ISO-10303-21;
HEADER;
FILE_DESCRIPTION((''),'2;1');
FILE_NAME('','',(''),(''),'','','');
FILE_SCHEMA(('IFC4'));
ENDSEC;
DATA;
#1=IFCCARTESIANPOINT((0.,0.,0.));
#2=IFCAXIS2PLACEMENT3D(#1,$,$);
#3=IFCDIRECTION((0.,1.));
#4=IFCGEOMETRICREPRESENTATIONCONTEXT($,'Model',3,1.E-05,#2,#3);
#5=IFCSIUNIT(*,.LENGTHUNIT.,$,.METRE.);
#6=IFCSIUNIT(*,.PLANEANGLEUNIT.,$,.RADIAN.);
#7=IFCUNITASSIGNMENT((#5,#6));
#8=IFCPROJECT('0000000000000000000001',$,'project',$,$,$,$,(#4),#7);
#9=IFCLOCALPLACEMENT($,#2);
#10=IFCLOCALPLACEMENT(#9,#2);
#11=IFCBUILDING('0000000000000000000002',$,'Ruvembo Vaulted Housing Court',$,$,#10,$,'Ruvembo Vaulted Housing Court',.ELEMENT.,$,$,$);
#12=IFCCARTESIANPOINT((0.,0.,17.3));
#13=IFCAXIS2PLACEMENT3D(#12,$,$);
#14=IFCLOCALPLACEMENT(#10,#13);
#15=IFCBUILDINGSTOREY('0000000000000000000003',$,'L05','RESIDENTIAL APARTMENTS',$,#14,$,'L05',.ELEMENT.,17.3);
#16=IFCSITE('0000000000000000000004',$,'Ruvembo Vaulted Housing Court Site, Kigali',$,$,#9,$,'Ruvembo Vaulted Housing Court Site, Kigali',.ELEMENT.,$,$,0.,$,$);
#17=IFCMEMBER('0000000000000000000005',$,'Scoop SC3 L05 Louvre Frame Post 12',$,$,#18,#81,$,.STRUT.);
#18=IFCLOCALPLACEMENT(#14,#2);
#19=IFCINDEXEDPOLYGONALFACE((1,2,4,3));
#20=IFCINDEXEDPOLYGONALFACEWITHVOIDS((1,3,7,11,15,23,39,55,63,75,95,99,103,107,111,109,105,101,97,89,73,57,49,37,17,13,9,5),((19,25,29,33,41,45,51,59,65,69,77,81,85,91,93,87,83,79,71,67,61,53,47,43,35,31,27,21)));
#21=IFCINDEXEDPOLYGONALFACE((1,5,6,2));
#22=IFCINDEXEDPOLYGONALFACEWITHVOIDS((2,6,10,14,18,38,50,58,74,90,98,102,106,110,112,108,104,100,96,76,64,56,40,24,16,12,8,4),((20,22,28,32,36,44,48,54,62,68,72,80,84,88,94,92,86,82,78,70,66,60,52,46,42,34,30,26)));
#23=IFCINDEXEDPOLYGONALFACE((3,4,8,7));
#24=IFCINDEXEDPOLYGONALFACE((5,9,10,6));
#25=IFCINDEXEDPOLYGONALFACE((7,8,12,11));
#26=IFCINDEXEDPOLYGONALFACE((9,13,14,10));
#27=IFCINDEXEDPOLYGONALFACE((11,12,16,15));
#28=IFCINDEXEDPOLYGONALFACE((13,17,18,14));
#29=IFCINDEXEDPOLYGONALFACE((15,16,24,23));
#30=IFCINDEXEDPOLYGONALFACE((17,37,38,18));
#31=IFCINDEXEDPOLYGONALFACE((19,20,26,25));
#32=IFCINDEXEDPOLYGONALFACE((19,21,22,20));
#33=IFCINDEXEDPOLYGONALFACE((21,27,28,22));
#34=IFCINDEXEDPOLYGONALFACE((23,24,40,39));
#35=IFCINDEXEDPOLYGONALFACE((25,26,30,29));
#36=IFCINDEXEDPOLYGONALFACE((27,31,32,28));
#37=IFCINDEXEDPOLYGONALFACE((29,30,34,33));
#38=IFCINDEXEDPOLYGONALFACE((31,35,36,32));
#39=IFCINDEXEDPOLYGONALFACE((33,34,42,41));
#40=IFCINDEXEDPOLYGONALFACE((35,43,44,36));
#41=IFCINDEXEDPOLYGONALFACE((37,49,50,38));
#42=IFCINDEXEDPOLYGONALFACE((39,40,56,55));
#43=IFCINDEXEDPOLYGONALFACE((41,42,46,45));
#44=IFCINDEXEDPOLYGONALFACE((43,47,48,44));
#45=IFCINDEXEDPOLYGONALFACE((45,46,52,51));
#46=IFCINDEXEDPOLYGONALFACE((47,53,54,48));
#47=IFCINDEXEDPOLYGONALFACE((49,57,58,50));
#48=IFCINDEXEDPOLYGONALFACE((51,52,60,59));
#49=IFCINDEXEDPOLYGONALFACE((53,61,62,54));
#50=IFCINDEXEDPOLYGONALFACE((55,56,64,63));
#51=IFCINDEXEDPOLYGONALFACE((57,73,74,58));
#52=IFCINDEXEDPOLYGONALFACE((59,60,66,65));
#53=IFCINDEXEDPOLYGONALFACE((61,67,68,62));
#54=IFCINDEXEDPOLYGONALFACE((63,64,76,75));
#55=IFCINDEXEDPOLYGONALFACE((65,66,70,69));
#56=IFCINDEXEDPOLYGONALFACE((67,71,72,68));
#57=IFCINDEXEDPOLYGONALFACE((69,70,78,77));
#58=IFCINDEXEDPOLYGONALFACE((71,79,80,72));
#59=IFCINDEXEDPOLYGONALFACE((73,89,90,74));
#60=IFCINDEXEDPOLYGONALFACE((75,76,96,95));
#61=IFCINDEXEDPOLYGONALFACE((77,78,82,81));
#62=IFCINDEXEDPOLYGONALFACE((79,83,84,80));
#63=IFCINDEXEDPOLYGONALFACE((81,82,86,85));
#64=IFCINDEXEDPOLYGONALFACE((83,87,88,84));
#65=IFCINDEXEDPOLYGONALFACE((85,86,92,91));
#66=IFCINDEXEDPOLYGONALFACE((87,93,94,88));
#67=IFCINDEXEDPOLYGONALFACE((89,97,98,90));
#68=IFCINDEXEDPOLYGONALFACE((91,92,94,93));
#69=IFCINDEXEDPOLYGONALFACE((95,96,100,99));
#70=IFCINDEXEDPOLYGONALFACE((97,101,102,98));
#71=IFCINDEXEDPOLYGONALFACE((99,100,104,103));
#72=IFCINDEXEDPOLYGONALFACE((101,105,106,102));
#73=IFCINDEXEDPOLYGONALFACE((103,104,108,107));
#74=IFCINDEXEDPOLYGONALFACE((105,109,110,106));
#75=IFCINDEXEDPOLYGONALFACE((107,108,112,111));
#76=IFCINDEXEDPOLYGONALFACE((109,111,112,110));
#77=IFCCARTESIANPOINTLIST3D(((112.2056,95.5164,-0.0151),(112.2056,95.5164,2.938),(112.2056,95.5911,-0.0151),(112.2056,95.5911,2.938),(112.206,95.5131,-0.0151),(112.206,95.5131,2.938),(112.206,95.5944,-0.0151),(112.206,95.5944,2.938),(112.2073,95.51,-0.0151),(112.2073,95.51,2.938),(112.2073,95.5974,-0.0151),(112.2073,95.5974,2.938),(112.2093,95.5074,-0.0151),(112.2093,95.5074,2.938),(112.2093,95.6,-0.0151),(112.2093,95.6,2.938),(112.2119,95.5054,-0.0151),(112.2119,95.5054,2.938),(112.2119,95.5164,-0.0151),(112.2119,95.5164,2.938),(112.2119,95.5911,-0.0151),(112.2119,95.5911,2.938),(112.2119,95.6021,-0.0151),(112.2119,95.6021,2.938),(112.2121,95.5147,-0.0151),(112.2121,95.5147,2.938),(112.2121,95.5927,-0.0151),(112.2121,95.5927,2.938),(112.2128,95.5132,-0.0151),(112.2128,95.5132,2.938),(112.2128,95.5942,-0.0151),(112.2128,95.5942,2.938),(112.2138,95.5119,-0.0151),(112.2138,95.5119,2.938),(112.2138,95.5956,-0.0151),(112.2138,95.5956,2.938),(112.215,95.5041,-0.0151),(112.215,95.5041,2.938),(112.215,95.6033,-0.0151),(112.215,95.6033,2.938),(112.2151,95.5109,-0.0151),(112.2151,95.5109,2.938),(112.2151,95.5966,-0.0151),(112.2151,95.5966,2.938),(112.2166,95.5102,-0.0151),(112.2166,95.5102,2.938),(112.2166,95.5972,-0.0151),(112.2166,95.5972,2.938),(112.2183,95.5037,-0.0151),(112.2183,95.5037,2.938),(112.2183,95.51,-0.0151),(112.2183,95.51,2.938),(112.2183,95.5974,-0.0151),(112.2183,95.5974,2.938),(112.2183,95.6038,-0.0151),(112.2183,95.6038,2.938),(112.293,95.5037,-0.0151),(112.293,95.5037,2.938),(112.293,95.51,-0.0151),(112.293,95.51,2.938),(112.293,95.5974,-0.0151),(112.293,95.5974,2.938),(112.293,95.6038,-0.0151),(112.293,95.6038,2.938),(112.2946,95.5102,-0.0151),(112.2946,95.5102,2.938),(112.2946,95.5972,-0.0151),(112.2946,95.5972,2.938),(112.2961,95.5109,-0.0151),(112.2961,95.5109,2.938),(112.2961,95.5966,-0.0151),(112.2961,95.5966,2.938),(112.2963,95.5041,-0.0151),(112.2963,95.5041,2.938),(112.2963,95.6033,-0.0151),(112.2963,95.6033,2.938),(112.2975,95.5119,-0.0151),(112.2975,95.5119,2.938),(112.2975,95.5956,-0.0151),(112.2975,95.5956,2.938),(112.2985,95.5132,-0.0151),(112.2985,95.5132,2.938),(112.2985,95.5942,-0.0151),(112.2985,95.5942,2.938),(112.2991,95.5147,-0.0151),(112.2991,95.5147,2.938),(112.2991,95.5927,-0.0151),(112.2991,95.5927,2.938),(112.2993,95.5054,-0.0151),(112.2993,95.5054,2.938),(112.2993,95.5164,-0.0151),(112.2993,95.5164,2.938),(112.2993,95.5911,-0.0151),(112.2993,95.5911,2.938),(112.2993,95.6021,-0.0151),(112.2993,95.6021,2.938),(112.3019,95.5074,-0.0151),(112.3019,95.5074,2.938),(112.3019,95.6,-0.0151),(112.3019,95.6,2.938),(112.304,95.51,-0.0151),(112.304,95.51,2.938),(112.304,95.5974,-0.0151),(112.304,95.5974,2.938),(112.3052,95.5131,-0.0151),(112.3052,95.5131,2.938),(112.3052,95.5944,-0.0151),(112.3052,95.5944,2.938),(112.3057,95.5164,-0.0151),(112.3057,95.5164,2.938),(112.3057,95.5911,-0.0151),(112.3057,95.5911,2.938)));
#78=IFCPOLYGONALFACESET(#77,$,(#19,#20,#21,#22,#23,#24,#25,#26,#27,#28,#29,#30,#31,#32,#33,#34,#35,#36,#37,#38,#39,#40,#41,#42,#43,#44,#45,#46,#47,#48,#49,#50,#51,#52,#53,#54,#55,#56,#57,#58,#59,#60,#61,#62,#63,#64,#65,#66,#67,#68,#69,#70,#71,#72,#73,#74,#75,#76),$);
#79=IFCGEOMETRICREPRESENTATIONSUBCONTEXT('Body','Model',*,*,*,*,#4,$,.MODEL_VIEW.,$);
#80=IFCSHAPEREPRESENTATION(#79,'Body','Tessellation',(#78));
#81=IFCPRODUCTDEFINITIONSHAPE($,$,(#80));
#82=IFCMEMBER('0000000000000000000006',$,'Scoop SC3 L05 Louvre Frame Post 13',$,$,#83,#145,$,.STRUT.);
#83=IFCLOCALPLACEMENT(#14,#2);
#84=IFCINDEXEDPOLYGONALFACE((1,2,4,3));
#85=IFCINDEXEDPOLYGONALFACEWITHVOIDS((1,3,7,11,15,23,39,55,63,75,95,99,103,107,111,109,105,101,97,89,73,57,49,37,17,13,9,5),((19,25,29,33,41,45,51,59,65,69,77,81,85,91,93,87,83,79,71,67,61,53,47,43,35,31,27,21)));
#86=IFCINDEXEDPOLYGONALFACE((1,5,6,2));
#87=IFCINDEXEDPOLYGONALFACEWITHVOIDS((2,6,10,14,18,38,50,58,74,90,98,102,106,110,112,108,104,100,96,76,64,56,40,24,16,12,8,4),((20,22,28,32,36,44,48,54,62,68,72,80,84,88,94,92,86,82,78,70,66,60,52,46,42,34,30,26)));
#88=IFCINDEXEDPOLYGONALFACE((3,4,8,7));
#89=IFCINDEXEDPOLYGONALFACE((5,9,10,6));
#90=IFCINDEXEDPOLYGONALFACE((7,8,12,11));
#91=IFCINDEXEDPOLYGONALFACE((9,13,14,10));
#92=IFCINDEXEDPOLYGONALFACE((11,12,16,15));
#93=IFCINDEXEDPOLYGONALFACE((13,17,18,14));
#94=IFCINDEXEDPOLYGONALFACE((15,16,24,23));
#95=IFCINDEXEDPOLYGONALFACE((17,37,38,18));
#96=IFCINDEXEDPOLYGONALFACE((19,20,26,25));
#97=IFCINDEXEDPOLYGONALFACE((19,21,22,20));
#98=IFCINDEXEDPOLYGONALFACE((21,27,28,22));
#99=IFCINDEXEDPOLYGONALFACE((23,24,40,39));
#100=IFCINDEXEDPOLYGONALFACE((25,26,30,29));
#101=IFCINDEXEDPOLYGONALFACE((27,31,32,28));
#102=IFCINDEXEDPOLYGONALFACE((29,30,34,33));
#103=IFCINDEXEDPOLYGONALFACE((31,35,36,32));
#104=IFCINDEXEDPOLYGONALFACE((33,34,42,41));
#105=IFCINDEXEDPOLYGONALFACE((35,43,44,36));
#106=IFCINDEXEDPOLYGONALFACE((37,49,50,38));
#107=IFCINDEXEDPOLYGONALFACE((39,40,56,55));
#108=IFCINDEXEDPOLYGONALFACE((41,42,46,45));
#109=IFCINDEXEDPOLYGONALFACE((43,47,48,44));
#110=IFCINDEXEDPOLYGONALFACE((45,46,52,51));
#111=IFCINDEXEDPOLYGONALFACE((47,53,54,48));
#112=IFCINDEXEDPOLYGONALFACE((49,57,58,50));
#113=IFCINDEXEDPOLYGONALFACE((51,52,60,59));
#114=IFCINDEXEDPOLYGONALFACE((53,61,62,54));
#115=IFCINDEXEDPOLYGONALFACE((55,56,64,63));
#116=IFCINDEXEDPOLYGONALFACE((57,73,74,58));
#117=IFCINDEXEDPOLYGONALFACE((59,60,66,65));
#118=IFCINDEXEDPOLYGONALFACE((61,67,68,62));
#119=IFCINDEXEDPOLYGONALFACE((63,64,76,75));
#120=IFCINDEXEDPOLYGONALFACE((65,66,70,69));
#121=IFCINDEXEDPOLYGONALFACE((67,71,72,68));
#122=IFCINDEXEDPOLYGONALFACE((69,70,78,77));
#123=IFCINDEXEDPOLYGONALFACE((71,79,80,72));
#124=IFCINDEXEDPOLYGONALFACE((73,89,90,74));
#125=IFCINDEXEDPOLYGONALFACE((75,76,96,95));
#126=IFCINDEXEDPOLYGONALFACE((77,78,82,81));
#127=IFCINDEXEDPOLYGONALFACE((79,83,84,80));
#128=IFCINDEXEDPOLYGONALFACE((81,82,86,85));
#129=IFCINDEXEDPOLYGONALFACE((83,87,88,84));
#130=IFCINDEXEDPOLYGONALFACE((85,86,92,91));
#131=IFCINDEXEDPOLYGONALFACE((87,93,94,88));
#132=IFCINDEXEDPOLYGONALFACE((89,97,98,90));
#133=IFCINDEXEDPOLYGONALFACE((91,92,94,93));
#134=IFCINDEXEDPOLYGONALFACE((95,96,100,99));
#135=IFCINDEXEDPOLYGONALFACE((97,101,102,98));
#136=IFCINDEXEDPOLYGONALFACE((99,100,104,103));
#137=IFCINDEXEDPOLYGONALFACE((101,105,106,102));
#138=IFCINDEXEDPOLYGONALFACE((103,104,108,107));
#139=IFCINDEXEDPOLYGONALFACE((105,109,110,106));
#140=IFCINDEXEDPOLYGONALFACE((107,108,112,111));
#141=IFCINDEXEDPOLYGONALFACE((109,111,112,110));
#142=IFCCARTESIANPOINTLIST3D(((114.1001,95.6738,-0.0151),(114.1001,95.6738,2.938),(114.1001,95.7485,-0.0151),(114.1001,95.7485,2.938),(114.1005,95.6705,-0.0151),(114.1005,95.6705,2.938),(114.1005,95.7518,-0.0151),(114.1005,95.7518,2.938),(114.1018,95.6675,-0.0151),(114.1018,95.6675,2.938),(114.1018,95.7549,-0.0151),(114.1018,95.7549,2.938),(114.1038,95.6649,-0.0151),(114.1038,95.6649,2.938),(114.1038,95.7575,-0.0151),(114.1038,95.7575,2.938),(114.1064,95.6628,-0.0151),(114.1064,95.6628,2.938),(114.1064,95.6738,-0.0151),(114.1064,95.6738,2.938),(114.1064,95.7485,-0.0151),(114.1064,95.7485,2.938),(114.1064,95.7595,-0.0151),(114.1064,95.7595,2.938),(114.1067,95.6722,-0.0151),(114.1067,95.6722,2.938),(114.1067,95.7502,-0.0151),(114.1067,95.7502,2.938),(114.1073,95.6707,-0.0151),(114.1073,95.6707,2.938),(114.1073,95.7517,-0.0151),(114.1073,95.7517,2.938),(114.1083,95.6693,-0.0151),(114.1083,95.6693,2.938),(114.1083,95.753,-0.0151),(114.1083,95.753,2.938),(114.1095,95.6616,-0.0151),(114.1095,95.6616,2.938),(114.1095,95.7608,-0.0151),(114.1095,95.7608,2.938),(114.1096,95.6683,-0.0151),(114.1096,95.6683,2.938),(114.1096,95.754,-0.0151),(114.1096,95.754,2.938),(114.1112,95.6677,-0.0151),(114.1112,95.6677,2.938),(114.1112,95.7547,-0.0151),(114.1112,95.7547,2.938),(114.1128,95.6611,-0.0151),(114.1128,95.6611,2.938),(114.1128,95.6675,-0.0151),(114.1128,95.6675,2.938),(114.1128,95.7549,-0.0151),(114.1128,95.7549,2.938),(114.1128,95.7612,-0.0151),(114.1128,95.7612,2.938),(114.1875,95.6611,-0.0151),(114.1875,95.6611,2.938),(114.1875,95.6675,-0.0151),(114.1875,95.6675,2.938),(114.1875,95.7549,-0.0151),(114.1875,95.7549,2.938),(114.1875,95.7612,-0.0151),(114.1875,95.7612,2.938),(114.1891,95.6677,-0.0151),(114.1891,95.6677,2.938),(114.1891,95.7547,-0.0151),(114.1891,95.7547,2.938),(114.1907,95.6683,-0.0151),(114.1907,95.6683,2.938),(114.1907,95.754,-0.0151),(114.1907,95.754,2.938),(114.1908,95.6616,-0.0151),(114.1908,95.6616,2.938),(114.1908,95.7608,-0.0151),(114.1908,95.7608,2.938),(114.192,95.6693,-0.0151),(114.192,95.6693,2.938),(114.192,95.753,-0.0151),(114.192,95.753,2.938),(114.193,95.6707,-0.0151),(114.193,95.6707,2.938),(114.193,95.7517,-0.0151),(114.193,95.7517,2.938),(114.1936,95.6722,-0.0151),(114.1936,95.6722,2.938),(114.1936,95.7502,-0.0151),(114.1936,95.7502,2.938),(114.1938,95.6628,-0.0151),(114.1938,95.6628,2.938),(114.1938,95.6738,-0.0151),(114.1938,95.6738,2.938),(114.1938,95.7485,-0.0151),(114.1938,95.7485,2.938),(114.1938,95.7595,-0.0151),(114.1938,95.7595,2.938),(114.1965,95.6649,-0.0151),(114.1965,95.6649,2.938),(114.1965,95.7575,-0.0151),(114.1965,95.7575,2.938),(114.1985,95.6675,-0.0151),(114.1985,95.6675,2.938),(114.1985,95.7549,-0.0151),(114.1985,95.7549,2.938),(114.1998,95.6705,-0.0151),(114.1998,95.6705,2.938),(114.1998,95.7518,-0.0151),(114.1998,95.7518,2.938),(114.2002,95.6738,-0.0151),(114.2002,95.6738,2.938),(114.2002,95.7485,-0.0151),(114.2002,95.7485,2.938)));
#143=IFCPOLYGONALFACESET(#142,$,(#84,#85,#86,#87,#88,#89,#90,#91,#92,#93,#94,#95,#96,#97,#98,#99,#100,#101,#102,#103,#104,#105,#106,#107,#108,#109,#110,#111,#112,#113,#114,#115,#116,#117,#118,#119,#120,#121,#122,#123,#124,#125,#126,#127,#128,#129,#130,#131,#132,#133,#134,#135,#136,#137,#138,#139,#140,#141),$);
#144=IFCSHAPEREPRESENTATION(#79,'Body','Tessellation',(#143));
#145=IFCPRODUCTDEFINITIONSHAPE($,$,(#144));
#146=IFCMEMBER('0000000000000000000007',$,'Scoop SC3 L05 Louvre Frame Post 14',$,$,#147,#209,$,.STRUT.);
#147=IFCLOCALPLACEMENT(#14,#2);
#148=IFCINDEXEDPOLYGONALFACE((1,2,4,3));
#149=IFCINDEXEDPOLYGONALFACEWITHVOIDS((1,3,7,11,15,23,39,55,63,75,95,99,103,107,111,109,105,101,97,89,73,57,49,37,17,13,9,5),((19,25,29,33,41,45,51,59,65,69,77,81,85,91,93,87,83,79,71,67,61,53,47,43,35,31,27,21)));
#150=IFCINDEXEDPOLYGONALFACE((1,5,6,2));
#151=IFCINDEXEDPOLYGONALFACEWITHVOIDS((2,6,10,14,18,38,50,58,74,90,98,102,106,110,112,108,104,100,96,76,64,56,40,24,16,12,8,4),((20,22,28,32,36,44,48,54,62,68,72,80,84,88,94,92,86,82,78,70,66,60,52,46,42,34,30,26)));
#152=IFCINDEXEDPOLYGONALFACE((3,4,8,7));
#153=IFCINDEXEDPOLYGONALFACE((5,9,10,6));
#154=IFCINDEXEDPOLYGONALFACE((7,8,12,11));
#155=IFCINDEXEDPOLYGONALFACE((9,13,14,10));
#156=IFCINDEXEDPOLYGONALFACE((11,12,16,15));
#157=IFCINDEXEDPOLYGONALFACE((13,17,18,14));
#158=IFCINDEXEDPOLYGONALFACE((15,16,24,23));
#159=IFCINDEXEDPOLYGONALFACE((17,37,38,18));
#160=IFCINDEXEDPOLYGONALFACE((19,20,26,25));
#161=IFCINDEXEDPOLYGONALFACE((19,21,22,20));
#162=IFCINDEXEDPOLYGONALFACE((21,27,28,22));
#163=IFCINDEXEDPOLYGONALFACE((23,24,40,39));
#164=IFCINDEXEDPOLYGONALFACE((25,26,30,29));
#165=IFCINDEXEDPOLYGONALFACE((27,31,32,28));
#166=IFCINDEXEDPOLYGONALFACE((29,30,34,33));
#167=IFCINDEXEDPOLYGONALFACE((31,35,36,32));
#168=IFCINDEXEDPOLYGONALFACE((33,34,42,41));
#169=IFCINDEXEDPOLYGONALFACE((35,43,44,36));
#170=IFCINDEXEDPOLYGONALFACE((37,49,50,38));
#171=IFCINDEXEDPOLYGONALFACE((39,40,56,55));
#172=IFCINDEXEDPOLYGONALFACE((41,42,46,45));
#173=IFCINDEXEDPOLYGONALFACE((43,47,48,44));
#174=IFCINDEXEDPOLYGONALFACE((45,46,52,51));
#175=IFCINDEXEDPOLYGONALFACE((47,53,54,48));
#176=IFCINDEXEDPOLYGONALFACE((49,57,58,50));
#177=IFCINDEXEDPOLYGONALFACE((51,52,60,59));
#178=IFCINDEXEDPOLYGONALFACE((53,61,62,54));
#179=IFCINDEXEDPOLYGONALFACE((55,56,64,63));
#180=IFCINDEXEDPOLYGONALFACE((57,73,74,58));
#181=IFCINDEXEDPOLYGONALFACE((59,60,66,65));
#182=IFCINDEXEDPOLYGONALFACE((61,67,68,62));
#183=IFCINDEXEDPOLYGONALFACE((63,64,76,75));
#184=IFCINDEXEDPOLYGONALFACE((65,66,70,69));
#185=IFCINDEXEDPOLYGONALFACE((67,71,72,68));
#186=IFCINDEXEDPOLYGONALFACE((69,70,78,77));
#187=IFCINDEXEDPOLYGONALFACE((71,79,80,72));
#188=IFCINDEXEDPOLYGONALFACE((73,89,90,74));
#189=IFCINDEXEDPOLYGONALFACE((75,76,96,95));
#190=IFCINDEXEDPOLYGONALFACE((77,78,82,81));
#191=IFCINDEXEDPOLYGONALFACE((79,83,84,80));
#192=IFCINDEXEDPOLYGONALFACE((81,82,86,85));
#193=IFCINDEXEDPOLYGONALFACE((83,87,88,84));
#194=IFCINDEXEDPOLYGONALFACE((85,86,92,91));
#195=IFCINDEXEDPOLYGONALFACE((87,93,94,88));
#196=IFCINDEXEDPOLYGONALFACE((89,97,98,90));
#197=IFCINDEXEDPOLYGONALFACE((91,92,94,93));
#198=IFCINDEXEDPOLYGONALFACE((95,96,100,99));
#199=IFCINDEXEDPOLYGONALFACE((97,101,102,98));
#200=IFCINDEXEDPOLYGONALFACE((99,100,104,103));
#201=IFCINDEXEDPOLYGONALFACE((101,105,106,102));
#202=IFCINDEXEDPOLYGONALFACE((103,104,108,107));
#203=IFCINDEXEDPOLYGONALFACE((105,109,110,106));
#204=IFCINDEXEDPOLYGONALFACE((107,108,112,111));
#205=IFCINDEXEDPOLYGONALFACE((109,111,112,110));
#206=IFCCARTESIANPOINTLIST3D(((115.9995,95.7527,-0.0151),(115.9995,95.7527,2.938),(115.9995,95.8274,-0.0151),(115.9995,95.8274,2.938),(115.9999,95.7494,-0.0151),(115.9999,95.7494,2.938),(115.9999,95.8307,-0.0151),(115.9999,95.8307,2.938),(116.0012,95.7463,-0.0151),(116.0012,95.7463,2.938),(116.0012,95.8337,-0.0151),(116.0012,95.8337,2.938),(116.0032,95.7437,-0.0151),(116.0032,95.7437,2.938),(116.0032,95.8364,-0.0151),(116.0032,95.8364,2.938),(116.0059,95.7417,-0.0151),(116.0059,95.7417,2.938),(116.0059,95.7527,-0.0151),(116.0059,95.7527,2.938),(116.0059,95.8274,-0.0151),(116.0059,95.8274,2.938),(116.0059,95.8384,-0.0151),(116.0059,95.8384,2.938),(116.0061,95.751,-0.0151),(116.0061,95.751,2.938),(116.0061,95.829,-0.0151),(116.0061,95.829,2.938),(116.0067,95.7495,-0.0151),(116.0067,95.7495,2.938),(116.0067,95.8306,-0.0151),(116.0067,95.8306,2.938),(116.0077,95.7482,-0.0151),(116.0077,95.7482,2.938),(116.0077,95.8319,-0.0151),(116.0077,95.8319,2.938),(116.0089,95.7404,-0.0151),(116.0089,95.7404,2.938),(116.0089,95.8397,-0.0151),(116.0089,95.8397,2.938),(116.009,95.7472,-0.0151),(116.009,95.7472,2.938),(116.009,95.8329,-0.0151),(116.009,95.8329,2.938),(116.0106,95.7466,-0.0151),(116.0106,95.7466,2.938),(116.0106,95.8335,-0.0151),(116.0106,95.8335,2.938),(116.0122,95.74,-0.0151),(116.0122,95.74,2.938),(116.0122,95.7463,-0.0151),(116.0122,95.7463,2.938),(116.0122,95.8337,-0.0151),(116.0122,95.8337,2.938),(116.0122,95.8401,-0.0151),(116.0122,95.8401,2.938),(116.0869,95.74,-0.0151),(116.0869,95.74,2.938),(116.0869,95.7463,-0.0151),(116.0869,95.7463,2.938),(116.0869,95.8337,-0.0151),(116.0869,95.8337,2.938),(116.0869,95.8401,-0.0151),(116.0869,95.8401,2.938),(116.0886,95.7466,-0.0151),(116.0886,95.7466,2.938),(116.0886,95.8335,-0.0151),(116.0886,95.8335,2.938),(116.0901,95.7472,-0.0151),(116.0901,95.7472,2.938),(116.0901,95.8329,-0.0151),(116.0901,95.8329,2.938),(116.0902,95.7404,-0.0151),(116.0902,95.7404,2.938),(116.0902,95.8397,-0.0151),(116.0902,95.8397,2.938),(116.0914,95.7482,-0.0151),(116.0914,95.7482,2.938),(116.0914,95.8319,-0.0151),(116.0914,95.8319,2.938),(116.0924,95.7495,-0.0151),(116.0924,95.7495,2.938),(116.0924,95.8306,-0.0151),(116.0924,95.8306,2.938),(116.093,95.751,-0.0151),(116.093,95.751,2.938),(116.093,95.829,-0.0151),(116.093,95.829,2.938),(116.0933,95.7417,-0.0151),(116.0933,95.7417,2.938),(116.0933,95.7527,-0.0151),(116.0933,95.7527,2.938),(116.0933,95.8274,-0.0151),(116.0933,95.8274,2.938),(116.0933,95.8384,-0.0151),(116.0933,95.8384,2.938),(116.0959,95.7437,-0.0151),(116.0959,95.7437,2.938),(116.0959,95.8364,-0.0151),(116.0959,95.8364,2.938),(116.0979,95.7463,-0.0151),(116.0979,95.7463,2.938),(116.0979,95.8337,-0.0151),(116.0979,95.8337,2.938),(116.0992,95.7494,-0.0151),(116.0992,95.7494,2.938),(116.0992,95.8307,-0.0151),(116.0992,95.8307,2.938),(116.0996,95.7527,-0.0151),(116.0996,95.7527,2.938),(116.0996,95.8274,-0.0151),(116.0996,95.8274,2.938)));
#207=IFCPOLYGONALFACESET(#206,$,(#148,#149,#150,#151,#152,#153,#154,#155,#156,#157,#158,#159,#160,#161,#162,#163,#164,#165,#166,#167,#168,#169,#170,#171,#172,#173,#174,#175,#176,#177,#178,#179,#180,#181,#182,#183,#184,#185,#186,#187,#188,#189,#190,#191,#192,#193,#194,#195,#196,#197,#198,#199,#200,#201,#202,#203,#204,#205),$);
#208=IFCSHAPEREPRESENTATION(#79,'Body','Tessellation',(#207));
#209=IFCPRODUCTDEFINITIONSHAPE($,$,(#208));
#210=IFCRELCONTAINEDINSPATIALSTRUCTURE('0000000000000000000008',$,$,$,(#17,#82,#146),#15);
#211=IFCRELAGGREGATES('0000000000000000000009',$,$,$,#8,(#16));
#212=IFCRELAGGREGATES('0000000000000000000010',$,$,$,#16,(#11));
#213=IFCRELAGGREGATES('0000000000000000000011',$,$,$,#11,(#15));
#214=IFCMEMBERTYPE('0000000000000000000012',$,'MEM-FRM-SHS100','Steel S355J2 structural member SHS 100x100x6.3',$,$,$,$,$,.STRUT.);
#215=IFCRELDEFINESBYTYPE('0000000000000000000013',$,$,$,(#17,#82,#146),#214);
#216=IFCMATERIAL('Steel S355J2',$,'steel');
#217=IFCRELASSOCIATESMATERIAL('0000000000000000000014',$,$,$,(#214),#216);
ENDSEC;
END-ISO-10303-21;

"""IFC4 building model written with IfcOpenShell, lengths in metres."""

from ifc_helpers import new_model, si_unit, direction, frame, origin, origin_2d, place, context, subcontext, project, spatial, hollow_rectangle, extrude, material, material_profile, profile_set, type_object, element, save


model = new_model("IFC4")

# Units and contexts
model_context = context("Model", 3, precision=1e-05, world=origin(), true_north=direction((0.0, 1.0)))
body_context = subcontext(model_context, "Body", "Model", "MODEL_VIEW")
ifc_project = project(units=[si_unit("LENGTHUNIT", "METRE"), si_unit("PLANEANGLEUNIT", "RADIAN")], contexts=[model_context])

# Site, building, storey
site_placement = place(None, origin())
site = spatial("IfcSite", under=ifc_project, at=site_placement, Name="Ruvembo Vaulted Housing Court Site, Kigali", LongName="Ruvembo Vaulted Housing Court Site, Kigali", CompositionType="ELEMENT", RefElevation=0.0)
building_placement = place(site_placement, origin())
building = spatial("IfcBuilding", under=site, at=building_placement, Name="Ruvembo Vaulted Housing Court", LongName="Ruvembo Vaulted Housing Court", CompositionType="ELEMENT")
storey_placement = place(building_placement, frame((0.0, 0.0, 17.3)))
storey = spatial("IfcBuildingStorey", under=building, at=storey_placement, Name="L05", Description="RESIDENTIAL APARTMENTS", LongName="L05", CompositionType="ELEMENT", Elevation=17.3)

# Shared definitions
ifc_material_1 = material(Name="Steel S355J2", Category="steel")

# Members
ifc_material_profile_1 = material_profile(ifc_material_1, hollow_rectangle(XDim=0.1001, YDim=0.1001, WallThickness=0.0063, InnerFilletRadius=0.0063, OuterFilletRadius=0.0127, at=origin_2d()), Name="SHS 100x100x6.3")
ifc_profile_set_1 = profile_set([ifc_material_profile_1], Name="Steel S355J2")
member_type_1 = type_object("IfcMemberType", Name="MEM-FRM-SHS100", Description="Steel S355J2 structural member SHS 100x100x6.3", PredefinedType="STRUT", material=ifc_profile_set_1)
for number, where, z_axis, x_axis, name in (
    (1, (112.2556, 95.5537, -0.0151), (0.0, 0.0, 1.0), (1.0, 0.0, 0.0), "Scoop SC3 L05 Louvre Frame Post 12"),
    (2, (114.1501, 95.7112, -0.0151), (0.0, 0.0, 1.0), (1.0, 0.0, 0.0), "Scoop SC3 L05 Louvre Frame Post 13"),
    (3, (116.0496, 95.79, -0.0151), (0.0, 0.0, 1.0), (1.0, 0.0, 0.0), "Scoop SC3 L05 Louvre Frame Post 14"),
):
    element("IfcMember", number, at=place(storey_placement, frame(where, z_axis=z_axis, x_axis=x_axis)), inside=storey, type_object=member_type_1, Name=name, PredefinedType="STRUT", context=body_context, shape_type="SweptSolid", body=[
        extrude(hollow_rectangle(XDim=0.1001, YDim=0.1001, WallThickness=0.0063, InnerFilletRadius=0.0063, OuterFilletRadius=0.0127, at=origin_2d()), origin(), (0.0, 0.0, 1.0), 2.9531),
    ])

save(model, "model.ifc")
